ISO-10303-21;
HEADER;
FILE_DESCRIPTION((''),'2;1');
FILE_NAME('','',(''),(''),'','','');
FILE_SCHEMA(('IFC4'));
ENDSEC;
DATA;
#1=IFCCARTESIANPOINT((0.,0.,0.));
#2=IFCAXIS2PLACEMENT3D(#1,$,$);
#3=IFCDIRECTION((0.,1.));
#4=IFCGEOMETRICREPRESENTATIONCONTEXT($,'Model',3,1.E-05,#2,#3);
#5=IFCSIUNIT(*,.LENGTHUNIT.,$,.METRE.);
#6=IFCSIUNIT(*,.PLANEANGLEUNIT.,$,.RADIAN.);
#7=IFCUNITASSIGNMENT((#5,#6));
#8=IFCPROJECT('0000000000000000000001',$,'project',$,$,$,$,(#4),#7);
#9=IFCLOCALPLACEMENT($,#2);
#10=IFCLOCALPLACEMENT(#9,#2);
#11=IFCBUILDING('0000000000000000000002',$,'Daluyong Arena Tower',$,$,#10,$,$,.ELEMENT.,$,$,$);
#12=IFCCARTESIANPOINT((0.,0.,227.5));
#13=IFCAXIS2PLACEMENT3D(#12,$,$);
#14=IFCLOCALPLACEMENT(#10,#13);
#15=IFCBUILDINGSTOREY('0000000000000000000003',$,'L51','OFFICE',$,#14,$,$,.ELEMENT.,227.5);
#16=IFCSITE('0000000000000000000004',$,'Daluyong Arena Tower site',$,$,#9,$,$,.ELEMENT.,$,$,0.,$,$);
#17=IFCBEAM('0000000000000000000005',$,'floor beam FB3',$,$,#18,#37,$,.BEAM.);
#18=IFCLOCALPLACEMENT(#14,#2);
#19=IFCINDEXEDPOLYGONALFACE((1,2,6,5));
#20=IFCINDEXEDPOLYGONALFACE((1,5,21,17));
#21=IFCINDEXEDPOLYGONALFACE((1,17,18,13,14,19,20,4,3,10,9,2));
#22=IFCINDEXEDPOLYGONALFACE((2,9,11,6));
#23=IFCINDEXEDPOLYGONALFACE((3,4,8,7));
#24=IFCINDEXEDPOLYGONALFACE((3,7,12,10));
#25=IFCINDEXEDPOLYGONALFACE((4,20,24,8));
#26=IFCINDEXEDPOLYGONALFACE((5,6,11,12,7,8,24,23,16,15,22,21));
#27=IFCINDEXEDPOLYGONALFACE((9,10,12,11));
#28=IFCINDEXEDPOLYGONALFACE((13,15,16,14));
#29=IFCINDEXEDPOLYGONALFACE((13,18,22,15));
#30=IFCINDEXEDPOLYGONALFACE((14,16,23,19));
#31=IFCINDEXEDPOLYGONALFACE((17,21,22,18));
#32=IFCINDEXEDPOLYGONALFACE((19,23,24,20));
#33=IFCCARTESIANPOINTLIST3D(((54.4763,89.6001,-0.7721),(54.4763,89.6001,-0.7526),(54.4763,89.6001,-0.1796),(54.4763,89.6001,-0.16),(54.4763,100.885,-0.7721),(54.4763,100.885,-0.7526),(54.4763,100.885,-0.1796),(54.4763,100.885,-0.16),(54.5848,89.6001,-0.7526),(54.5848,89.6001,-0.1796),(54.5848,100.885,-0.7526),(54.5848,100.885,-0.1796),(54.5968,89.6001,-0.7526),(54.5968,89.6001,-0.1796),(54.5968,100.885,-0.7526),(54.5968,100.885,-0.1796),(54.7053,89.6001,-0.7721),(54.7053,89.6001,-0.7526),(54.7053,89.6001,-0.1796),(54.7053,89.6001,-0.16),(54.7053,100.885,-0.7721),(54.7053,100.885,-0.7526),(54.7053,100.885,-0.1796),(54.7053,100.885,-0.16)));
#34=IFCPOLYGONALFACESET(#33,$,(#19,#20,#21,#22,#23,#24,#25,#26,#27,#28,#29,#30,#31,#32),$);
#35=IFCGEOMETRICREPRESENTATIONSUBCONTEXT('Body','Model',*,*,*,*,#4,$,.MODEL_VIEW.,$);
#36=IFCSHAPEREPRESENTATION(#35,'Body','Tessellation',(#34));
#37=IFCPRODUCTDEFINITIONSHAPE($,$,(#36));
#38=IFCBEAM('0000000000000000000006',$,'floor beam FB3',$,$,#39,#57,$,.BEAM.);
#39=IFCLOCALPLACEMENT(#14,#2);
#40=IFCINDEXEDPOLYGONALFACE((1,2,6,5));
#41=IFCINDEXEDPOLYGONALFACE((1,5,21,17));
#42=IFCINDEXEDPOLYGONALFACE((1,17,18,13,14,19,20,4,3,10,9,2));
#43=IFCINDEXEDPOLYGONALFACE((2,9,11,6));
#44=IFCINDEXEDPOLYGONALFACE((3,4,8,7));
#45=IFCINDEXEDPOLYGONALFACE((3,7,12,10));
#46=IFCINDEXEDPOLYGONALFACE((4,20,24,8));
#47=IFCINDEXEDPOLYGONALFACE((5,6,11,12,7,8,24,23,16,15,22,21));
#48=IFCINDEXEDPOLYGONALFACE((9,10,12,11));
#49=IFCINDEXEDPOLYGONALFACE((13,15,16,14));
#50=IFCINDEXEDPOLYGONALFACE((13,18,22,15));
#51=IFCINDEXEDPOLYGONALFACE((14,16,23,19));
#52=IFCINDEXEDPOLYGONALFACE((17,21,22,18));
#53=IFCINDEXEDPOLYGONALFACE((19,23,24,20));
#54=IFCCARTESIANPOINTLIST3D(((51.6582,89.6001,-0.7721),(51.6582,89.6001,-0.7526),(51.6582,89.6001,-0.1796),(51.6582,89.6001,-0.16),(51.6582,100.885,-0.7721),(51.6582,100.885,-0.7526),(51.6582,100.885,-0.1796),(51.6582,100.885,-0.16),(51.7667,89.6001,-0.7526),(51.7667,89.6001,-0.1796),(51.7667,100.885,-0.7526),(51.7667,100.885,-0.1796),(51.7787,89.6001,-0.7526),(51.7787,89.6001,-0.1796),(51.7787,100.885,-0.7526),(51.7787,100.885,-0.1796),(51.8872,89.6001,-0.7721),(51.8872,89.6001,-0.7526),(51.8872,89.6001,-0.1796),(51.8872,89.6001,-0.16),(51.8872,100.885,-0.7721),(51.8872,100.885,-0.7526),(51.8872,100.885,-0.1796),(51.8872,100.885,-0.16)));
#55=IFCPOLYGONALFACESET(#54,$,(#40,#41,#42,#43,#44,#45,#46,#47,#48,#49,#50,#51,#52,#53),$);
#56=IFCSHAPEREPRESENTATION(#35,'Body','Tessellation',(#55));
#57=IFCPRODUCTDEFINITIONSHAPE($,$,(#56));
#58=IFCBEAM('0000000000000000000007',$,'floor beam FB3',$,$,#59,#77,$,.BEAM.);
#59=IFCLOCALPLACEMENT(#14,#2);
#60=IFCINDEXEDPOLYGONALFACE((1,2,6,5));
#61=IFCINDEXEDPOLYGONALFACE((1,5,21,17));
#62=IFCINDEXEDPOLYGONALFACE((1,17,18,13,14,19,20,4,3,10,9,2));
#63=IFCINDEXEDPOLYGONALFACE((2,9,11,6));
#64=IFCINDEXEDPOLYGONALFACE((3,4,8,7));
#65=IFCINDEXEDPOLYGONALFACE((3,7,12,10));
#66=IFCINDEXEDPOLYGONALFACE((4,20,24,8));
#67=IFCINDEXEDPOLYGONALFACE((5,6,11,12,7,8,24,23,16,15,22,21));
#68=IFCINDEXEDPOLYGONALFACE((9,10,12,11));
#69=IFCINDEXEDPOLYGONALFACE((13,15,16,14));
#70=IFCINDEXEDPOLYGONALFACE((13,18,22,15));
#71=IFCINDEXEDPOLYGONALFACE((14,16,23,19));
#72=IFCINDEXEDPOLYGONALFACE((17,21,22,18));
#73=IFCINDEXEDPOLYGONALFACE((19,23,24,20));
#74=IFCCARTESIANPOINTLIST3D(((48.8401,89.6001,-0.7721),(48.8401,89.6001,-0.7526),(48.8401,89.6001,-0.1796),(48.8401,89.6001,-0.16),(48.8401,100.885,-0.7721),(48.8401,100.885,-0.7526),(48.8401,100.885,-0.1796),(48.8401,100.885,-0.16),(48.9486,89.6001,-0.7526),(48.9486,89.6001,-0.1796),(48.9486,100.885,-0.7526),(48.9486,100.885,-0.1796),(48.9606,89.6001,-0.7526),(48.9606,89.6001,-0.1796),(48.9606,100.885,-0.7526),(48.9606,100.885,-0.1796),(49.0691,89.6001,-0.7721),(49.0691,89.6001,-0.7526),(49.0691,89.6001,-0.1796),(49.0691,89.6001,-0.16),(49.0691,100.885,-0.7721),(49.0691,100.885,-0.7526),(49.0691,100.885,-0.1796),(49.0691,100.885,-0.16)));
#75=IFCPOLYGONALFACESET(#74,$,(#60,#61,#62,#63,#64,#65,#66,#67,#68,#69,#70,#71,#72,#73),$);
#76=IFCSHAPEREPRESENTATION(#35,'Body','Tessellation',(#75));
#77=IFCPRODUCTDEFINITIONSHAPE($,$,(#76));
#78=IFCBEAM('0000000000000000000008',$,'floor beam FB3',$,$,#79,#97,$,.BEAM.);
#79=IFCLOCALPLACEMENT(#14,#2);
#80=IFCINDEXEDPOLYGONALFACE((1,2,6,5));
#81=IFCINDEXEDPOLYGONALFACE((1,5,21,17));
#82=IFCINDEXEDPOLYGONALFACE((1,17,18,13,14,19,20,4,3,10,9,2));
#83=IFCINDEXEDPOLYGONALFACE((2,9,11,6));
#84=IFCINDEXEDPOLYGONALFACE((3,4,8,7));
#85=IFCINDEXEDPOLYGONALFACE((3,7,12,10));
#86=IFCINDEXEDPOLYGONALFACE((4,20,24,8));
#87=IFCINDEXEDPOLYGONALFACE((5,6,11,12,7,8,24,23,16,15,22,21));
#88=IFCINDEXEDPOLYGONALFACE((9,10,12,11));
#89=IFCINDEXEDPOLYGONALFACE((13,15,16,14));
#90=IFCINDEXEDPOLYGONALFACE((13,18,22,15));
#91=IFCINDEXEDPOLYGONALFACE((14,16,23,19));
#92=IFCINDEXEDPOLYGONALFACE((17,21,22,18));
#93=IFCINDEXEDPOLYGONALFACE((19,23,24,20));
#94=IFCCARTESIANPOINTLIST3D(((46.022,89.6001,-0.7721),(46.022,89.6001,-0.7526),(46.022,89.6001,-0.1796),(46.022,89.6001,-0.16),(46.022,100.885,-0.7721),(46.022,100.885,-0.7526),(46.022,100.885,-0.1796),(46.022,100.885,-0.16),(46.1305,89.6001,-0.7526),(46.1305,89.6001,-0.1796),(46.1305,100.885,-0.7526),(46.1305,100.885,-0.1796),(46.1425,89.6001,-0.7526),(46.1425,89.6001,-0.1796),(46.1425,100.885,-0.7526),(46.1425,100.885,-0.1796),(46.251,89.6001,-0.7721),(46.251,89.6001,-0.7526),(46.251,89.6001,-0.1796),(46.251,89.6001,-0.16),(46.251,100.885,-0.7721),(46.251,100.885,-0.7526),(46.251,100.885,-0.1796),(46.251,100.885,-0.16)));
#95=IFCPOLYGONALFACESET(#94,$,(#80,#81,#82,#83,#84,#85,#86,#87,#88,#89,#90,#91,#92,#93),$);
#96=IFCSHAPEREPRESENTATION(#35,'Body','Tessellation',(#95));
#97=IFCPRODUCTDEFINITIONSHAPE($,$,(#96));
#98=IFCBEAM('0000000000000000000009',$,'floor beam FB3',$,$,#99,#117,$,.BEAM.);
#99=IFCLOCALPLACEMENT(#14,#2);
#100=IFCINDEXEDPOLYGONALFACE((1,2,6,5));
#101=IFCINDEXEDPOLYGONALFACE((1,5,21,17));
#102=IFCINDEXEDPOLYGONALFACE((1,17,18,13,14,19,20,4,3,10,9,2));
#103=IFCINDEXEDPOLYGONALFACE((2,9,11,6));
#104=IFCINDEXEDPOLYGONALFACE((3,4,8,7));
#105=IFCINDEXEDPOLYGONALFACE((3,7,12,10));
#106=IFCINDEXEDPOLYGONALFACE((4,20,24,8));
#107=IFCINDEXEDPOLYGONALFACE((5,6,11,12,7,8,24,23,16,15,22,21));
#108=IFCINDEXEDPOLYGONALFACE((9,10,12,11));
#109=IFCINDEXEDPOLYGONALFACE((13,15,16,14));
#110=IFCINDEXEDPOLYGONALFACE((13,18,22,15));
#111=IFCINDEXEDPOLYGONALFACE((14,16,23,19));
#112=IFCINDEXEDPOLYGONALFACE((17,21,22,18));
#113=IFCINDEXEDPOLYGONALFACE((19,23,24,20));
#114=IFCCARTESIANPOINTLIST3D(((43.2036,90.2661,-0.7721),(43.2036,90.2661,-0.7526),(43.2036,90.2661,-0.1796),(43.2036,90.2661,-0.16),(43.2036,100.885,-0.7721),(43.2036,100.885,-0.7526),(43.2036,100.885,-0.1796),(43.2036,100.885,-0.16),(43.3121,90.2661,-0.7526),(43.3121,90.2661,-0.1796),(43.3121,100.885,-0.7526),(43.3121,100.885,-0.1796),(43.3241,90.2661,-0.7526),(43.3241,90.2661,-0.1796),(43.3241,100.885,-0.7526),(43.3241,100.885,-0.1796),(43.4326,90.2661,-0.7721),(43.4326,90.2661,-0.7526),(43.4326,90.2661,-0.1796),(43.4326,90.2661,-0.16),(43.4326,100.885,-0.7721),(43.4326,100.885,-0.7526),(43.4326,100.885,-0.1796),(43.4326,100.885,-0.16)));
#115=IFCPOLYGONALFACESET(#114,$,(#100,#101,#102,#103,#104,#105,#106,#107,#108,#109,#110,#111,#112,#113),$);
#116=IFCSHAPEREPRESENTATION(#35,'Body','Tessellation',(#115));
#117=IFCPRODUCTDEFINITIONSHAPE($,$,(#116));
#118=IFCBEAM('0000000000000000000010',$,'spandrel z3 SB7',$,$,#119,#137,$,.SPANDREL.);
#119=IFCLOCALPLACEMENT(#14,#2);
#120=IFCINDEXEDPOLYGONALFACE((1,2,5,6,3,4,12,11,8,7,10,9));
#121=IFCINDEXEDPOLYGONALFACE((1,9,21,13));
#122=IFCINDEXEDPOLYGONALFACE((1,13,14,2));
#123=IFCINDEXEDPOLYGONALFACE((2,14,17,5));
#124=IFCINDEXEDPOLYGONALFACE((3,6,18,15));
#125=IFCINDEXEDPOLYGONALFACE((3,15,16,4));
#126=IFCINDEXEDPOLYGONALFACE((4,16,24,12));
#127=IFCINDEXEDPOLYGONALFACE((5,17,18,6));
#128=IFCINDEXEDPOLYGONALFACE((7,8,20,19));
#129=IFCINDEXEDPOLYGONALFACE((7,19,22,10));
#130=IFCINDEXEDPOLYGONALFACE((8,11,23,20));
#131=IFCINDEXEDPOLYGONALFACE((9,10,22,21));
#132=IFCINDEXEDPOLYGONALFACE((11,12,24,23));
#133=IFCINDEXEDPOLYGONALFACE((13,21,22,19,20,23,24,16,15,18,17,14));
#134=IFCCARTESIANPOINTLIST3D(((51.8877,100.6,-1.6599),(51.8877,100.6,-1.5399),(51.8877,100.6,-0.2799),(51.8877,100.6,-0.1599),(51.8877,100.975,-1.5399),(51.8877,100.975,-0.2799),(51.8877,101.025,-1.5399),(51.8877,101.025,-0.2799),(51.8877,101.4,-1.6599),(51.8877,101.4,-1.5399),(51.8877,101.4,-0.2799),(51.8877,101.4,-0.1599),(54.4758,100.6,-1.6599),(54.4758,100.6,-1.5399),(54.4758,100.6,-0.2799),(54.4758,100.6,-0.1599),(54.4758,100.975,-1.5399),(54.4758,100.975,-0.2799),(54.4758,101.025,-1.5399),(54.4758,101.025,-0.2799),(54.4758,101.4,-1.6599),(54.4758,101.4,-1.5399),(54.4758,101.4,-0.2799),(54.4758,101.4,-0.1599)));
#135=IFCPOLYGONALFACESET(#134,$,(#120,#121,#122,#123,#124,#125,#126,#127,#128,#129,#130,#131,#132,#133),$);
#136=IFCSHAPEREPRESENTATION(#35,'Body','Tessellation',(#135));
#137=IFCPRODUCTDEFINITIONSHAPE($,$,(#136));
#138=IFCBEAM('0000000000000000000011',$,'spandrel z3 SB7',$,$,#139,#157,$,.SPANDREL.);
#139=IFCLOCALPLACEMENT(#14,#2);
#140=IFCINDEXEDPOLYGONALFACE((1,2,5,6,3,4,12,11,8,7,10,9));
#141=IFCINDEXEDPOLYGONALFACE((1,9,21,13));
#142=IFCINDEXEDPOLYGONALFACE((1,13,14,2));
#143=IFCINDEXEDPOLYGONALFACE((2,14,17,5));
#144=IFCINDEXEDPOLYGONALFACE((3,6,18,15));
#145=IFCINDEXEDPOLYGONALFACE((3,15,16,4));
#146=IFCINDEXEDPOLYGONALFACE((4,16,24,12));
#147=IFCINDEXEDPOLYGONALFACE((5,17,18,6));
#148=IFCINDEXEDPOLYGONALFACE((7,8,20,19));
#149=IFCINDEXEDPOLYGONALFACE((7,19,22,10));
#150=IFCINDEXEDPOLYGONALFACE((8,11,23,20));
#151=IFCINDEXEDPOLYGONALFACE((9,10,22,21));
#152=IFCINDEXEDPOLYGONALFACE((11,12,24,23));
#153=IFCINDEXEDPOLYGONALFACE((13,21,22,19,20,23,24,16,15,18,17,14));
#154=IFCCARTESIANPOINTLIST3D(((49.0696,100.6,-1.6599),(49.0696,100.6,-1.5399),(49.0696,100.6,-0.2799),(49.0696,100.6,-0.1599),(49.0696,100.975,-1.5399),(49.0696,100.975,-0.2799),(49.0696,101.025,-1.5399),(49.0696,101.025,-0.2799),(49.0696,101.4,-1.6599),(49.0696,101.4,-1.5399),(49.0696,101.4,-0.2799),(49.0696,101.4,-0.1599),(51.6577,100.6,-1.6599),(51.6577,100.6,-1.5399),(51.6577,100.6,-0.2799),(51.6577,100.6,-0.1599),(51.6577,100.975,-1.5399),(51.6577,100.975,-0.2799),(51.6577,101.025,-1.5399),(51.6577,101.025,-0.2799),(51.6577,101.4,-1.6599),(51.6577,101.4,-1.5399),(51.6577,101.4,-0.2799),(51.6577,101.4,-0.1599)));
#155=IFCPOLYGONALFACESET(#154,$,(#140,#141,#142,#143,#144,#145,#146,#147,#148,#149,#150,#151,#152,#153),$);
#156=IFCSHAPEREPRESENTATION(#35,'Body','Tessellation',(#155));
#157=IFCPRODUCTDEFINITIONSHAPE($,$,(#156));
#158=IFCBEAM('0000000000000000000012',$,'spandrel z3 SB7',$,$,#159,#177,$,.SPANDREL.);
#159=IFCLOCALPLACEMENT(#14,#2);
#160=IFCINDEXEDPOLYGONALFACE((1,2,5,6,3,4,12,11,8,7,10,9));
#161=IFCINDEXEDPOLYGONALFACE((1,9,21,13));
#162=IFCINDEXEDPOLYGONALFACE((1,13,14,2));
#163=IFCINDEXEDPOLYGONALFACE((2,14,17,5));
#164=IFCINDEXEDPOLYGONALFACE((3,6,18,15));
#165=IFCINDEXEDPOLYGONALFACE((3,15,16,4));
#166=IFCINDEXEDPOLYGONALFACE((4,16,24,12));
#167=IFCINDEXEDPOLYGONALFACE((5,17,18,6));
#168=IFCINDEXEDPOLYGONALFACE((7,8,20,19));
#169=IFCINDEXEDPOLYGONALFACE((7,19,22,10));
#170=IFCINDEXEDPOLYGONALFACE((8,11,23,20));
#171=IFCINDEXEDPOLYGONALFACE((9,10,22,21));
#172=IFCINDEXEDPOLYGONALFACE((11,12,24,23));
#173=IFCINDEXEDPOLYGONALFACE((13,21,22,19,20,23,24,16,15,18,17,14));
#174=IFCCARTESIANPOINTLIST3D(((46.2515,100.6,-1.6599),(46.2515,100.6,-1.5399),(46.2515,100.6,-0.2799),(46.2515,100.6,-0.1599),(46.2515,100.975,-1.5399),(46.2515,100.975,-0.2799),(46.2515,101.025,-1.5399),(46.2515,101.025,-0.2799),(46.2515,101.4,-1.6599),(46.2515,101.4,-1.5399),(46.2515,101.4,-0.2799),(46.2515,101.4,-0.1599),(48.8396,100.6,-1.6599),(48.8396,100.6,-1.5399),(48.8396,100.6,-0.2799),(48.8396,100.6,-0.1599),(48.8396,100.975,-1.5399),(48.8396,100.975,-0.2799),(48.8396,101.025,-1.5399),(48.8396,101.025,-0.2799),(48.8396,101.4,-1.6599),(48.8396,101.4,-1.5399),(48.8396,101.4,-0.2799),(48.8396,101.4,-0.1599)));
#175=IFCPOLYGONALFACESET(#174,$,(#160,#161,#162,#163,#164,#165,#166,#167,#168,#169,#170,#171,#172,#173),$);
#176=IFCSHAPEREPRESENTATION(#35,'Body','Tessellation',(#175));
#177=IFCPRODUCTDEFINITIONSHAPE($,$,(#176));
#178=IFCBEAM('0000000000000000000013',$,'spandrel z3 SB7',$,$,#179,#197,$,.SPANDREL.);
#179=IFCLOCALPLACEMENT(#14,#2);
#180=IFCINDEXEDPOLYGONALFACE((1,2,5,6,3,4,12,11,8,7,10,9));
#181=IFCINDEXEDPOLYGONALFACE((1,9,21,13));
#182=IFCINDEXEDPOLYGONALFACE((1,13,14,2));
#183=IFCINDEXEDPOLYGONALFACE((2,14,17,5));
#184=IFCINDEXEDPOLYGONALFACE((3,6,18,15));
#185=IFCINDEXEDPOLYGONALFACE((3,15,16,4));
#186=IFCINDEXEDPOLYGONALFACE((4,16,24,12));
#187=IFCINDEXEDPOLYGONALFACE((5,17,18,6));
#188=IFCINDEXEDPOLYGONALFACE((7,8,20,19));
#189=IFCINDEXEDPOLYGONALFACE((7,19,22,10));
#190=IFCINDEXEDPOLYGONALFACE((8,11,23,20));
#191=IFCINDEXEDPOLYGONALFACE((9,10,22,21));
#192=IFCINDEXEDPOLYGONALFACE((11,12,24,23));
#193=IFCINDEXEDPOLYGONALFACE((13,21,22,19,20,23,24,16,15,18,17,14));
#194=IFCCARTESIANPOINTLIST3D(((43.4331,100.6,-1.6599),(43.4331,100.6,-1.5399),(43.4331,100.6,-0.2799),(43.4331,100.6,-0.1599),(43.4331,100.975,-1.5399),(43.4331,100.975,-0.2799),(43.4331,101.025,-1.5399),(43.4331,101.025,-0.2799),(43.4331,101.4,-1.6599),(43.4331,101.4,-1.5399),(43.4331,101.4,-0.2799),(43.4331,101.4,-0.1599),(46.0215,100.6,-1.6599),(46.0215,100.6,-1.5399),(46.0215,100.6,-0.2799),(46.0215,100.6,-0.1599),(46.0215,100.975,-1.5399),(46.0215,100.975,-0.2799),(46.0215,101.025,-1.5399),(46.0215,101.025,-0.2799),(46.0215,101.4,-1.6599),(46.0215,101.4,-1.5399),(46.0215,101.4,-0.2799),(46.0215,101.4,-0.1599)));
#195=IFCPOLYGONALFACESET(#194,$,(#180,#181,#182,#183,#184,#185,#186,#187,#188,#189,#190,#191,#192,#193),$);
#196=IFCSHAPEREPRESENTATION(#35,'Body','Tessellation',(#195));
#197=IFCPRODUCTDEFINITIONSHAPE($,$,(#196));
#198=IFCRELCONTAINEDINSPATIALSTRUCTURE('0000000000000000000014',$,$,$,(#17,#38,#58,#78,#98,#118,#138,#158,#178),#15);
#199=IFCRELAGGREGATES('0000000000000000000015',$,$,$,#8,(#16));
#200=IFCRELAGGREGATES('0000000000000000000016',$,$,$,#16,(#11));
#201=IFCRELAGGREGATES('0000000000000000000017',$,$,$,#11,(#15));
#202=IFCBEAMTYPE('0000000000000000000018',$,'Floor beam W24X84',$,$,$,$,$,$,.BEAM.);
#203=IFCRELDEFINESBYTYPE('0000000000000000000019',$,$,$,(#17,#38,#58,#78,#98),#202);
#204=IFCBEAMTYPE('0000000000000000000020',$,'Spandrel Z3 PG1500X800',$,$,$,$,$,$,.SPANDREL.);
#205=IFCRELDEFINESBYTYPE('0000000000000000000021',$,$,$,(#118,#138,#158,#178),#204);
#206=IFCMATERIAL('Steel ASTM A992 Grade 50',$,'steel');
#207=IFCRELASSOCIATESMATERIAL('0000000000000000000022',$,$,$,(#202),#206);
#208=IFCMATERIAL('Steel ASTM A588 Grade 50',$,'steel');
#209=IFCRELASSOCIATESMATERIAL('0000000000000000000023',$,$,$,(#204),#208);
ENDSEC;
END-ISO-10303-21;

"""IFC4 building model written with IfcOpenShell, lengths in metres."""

from ifc_helpers import new_model, si_unit, direction, frame, origin, origin_2d, place, context, subcontext, project, spatial, i_section, extrude, material, material_profile, profile_set, type_object, element, save


model = new_model("IFC4")

# Units and contexts
model_context = context("Model", 3, precision=1e-05, world=origin(), true_north=direction((0.0, 1.0)))
body_context = subcontext(model_context, "Body", "Model", "MODEL_VIEW")
ifc_project = project(units=[si_unit("LENGTHUNIT", "METRE"), si_unit("PLANEANGLEUNIT", "RADIAN")], contexts=[model_context])

# Site, building, storey
site_placement = place(None, origin())
site = spatial("IfcSite", under=ifc_project, at=site_placement, Name="Daluyong Arena Tower site", CompositionType="ELEMENT", RefElevation=0.0)
building_placement = place(site_placement, origin())
building = spatial("IfcBuilding", under=site, at=building_placement, Name="Daluyong Arena Tower", CompositionType="ELEMENT")
storey_placement = place(building_placement, frame((0.0, 0.0, 227.5)))
storey = spatial("IfcBuildingStorey", under=building, at=storey_placement, Name="L51", Description="OFFICE", CompositionType="ELEMENT", Elevation=227.5)

# Beams
ifc_material_1 = material(Name="Steel ASTM A992 Grade 50", Category="steel")
ifc_material_profile_1 = material_profile(ifc_material_1, i_section(OverallWidth=0.229, OverallDepth=0.6121, WebThickness=0.012, FlangeThickness=0.0195, at=origin_2d()))
ifc_profile_set_1 = profile_set([ifc_material_profile_1], Name="Steel ASTM A992 Grade 50")
beam_type_1 = type_object("IfcBeamType", Name="Floor beam W24X84", PredefinedType="BEAM", material=ifc_profile_set_1)
for number, where, z_axis, x_axis, name in (
    (1, (54.5908, 100.885, -0.4661), (0.0, -1.0, 0.0), (1.0, 0.0, 0.0), "floor beam FB3"),
    (2, (51.7727, 100.885, -0.4661), (0.0, -1.0, 0.0), (1.0, 0.0, 0.0), "floor beam FB3"),
    (3, (48.9546, 100.885, -0.4661), (0.0, -1.0, 0.0), (1.0, 0.0, 0.0), "floor beam FB3"),
    (4, (46.1365, 100.885, -0.4661), (0.0, -1.0, 0.0), (1.0, 0.0, 0.0), "floor beam FB3"),
):
    element("IfcBeam", number, at=place(storey_placement, frame(where, z_axis=z_axis, x_axis=x_axis)), inside=storey, type_object=beam_type_1, Name=name, PredefinedType="BEAM", context=body_context, shape_type="SweptSolid", body=[
        extrude(i_section(OverallWidth=0.229, OverallDepth=0.6121, WebThickness=0.012, FlangeThickness=0.0195, at=origin_2d()), origin(), (0.0, 0.0, 1.0), 11.2849),
    ])
beam_1_placement = place(storey_placement, frame((43.3181, 100.885, -0.4661), z_axis=(0.0, -1.0, 0.0), x_axis=(1.0, 0.0, 0.0)))
element("IfcBeam", 5, at=beam_1_placement, inside=storey, type_object=beam_type_1, Name="floor beam FB3", PredefinedType="BEAM", context=body_context, shape_type="SweptSolid", body=[
    extrude(i_section(OverallWidth=0.229, OverallDepth=0.6121, WebThickness=0.012, FlangeThickness=0.0195, at=origin_2d()), origin(), (0.0, 0.0, 1.0), 10.6189),
])
ifc_material_2 = material(Name="Steel ASTM A588 Grade 50", Category="steel")
ifc_material_profile_2 = material_profile(ifc_material_2, i_section(OverallWidth=0.8, OverallDepth=1.5, WebThickness=0.05, FlangeThickness=0.12, at=origin_2d()))
ifc_profile_set_2 = profile_set([ifc_material_profile_2], Name="Steel ASTM A588 Grade 50")
beam_type_2 = type_object("IfcBeamType", Name="Spandrel Z3 PG1500X800", PredefinedType="SPANDREL", material=ifc_profile_set_2)
for number, where, z_axis, x_axis, name in (
    (6, (54.4758, 101.0, -0.9099), (-1.0, 0.0, 0.0), (0.0, -1.0, 0.0), "spandrel z3 SB7"),
    (7, (51.6577, 101.0, -0.9099), (-1.0, 0.0, 0.0), (0.0, -1.0, 0.0), "spandrel z3 SB7"),
    (8, (48.8396, 101.0, -0.9099), (-1.0, 0.0, 0.0), (0.0, -1.0, 0.0), "spandrel z3 SB7"),
):
    element("IfcBeam", number, at=place(storey_placement, frame(where, z_axis=z_axis, x_axis=x_axis)), inside=storey, type_object=beam_type_2, Name=name, PredefinedType="SPANDREL", context=body_context, shape_type="SweptSolid", body=[
        extrude(i_section(OverallWidth=0.8, OverallDepth=1.5, WebThickness=0.05, FlangeThickness=0.12, at=origin_2d()), origin(), (0.0, 0.0, 1.0), 2.5881),
    ])
beam_2_placement = place(storey_placement, frame((46.0215, 101.0, -0.9099), z_axis=(-1.0, 0.0, 0.0), x_axis=(0.0, -1.0, 0.0)))
element("IfcBeam", 9, at=beam_2_placement, inside=storey, type_object=beam_type_2, Name="spandrel z3 SB7", PredefinedType="SPANDREL", context=body_context, shape_type="SweptSolid", body=[
    extrude(i_section(OverallWidth=0.8, OverallDepth=1.5, WebThickness=0.05, FlangeThickness=0.12, at=origin_2d()), origin(), (0.0, 0.0, 1.0), 2.5884),
])

save(model, "model.ifc")
